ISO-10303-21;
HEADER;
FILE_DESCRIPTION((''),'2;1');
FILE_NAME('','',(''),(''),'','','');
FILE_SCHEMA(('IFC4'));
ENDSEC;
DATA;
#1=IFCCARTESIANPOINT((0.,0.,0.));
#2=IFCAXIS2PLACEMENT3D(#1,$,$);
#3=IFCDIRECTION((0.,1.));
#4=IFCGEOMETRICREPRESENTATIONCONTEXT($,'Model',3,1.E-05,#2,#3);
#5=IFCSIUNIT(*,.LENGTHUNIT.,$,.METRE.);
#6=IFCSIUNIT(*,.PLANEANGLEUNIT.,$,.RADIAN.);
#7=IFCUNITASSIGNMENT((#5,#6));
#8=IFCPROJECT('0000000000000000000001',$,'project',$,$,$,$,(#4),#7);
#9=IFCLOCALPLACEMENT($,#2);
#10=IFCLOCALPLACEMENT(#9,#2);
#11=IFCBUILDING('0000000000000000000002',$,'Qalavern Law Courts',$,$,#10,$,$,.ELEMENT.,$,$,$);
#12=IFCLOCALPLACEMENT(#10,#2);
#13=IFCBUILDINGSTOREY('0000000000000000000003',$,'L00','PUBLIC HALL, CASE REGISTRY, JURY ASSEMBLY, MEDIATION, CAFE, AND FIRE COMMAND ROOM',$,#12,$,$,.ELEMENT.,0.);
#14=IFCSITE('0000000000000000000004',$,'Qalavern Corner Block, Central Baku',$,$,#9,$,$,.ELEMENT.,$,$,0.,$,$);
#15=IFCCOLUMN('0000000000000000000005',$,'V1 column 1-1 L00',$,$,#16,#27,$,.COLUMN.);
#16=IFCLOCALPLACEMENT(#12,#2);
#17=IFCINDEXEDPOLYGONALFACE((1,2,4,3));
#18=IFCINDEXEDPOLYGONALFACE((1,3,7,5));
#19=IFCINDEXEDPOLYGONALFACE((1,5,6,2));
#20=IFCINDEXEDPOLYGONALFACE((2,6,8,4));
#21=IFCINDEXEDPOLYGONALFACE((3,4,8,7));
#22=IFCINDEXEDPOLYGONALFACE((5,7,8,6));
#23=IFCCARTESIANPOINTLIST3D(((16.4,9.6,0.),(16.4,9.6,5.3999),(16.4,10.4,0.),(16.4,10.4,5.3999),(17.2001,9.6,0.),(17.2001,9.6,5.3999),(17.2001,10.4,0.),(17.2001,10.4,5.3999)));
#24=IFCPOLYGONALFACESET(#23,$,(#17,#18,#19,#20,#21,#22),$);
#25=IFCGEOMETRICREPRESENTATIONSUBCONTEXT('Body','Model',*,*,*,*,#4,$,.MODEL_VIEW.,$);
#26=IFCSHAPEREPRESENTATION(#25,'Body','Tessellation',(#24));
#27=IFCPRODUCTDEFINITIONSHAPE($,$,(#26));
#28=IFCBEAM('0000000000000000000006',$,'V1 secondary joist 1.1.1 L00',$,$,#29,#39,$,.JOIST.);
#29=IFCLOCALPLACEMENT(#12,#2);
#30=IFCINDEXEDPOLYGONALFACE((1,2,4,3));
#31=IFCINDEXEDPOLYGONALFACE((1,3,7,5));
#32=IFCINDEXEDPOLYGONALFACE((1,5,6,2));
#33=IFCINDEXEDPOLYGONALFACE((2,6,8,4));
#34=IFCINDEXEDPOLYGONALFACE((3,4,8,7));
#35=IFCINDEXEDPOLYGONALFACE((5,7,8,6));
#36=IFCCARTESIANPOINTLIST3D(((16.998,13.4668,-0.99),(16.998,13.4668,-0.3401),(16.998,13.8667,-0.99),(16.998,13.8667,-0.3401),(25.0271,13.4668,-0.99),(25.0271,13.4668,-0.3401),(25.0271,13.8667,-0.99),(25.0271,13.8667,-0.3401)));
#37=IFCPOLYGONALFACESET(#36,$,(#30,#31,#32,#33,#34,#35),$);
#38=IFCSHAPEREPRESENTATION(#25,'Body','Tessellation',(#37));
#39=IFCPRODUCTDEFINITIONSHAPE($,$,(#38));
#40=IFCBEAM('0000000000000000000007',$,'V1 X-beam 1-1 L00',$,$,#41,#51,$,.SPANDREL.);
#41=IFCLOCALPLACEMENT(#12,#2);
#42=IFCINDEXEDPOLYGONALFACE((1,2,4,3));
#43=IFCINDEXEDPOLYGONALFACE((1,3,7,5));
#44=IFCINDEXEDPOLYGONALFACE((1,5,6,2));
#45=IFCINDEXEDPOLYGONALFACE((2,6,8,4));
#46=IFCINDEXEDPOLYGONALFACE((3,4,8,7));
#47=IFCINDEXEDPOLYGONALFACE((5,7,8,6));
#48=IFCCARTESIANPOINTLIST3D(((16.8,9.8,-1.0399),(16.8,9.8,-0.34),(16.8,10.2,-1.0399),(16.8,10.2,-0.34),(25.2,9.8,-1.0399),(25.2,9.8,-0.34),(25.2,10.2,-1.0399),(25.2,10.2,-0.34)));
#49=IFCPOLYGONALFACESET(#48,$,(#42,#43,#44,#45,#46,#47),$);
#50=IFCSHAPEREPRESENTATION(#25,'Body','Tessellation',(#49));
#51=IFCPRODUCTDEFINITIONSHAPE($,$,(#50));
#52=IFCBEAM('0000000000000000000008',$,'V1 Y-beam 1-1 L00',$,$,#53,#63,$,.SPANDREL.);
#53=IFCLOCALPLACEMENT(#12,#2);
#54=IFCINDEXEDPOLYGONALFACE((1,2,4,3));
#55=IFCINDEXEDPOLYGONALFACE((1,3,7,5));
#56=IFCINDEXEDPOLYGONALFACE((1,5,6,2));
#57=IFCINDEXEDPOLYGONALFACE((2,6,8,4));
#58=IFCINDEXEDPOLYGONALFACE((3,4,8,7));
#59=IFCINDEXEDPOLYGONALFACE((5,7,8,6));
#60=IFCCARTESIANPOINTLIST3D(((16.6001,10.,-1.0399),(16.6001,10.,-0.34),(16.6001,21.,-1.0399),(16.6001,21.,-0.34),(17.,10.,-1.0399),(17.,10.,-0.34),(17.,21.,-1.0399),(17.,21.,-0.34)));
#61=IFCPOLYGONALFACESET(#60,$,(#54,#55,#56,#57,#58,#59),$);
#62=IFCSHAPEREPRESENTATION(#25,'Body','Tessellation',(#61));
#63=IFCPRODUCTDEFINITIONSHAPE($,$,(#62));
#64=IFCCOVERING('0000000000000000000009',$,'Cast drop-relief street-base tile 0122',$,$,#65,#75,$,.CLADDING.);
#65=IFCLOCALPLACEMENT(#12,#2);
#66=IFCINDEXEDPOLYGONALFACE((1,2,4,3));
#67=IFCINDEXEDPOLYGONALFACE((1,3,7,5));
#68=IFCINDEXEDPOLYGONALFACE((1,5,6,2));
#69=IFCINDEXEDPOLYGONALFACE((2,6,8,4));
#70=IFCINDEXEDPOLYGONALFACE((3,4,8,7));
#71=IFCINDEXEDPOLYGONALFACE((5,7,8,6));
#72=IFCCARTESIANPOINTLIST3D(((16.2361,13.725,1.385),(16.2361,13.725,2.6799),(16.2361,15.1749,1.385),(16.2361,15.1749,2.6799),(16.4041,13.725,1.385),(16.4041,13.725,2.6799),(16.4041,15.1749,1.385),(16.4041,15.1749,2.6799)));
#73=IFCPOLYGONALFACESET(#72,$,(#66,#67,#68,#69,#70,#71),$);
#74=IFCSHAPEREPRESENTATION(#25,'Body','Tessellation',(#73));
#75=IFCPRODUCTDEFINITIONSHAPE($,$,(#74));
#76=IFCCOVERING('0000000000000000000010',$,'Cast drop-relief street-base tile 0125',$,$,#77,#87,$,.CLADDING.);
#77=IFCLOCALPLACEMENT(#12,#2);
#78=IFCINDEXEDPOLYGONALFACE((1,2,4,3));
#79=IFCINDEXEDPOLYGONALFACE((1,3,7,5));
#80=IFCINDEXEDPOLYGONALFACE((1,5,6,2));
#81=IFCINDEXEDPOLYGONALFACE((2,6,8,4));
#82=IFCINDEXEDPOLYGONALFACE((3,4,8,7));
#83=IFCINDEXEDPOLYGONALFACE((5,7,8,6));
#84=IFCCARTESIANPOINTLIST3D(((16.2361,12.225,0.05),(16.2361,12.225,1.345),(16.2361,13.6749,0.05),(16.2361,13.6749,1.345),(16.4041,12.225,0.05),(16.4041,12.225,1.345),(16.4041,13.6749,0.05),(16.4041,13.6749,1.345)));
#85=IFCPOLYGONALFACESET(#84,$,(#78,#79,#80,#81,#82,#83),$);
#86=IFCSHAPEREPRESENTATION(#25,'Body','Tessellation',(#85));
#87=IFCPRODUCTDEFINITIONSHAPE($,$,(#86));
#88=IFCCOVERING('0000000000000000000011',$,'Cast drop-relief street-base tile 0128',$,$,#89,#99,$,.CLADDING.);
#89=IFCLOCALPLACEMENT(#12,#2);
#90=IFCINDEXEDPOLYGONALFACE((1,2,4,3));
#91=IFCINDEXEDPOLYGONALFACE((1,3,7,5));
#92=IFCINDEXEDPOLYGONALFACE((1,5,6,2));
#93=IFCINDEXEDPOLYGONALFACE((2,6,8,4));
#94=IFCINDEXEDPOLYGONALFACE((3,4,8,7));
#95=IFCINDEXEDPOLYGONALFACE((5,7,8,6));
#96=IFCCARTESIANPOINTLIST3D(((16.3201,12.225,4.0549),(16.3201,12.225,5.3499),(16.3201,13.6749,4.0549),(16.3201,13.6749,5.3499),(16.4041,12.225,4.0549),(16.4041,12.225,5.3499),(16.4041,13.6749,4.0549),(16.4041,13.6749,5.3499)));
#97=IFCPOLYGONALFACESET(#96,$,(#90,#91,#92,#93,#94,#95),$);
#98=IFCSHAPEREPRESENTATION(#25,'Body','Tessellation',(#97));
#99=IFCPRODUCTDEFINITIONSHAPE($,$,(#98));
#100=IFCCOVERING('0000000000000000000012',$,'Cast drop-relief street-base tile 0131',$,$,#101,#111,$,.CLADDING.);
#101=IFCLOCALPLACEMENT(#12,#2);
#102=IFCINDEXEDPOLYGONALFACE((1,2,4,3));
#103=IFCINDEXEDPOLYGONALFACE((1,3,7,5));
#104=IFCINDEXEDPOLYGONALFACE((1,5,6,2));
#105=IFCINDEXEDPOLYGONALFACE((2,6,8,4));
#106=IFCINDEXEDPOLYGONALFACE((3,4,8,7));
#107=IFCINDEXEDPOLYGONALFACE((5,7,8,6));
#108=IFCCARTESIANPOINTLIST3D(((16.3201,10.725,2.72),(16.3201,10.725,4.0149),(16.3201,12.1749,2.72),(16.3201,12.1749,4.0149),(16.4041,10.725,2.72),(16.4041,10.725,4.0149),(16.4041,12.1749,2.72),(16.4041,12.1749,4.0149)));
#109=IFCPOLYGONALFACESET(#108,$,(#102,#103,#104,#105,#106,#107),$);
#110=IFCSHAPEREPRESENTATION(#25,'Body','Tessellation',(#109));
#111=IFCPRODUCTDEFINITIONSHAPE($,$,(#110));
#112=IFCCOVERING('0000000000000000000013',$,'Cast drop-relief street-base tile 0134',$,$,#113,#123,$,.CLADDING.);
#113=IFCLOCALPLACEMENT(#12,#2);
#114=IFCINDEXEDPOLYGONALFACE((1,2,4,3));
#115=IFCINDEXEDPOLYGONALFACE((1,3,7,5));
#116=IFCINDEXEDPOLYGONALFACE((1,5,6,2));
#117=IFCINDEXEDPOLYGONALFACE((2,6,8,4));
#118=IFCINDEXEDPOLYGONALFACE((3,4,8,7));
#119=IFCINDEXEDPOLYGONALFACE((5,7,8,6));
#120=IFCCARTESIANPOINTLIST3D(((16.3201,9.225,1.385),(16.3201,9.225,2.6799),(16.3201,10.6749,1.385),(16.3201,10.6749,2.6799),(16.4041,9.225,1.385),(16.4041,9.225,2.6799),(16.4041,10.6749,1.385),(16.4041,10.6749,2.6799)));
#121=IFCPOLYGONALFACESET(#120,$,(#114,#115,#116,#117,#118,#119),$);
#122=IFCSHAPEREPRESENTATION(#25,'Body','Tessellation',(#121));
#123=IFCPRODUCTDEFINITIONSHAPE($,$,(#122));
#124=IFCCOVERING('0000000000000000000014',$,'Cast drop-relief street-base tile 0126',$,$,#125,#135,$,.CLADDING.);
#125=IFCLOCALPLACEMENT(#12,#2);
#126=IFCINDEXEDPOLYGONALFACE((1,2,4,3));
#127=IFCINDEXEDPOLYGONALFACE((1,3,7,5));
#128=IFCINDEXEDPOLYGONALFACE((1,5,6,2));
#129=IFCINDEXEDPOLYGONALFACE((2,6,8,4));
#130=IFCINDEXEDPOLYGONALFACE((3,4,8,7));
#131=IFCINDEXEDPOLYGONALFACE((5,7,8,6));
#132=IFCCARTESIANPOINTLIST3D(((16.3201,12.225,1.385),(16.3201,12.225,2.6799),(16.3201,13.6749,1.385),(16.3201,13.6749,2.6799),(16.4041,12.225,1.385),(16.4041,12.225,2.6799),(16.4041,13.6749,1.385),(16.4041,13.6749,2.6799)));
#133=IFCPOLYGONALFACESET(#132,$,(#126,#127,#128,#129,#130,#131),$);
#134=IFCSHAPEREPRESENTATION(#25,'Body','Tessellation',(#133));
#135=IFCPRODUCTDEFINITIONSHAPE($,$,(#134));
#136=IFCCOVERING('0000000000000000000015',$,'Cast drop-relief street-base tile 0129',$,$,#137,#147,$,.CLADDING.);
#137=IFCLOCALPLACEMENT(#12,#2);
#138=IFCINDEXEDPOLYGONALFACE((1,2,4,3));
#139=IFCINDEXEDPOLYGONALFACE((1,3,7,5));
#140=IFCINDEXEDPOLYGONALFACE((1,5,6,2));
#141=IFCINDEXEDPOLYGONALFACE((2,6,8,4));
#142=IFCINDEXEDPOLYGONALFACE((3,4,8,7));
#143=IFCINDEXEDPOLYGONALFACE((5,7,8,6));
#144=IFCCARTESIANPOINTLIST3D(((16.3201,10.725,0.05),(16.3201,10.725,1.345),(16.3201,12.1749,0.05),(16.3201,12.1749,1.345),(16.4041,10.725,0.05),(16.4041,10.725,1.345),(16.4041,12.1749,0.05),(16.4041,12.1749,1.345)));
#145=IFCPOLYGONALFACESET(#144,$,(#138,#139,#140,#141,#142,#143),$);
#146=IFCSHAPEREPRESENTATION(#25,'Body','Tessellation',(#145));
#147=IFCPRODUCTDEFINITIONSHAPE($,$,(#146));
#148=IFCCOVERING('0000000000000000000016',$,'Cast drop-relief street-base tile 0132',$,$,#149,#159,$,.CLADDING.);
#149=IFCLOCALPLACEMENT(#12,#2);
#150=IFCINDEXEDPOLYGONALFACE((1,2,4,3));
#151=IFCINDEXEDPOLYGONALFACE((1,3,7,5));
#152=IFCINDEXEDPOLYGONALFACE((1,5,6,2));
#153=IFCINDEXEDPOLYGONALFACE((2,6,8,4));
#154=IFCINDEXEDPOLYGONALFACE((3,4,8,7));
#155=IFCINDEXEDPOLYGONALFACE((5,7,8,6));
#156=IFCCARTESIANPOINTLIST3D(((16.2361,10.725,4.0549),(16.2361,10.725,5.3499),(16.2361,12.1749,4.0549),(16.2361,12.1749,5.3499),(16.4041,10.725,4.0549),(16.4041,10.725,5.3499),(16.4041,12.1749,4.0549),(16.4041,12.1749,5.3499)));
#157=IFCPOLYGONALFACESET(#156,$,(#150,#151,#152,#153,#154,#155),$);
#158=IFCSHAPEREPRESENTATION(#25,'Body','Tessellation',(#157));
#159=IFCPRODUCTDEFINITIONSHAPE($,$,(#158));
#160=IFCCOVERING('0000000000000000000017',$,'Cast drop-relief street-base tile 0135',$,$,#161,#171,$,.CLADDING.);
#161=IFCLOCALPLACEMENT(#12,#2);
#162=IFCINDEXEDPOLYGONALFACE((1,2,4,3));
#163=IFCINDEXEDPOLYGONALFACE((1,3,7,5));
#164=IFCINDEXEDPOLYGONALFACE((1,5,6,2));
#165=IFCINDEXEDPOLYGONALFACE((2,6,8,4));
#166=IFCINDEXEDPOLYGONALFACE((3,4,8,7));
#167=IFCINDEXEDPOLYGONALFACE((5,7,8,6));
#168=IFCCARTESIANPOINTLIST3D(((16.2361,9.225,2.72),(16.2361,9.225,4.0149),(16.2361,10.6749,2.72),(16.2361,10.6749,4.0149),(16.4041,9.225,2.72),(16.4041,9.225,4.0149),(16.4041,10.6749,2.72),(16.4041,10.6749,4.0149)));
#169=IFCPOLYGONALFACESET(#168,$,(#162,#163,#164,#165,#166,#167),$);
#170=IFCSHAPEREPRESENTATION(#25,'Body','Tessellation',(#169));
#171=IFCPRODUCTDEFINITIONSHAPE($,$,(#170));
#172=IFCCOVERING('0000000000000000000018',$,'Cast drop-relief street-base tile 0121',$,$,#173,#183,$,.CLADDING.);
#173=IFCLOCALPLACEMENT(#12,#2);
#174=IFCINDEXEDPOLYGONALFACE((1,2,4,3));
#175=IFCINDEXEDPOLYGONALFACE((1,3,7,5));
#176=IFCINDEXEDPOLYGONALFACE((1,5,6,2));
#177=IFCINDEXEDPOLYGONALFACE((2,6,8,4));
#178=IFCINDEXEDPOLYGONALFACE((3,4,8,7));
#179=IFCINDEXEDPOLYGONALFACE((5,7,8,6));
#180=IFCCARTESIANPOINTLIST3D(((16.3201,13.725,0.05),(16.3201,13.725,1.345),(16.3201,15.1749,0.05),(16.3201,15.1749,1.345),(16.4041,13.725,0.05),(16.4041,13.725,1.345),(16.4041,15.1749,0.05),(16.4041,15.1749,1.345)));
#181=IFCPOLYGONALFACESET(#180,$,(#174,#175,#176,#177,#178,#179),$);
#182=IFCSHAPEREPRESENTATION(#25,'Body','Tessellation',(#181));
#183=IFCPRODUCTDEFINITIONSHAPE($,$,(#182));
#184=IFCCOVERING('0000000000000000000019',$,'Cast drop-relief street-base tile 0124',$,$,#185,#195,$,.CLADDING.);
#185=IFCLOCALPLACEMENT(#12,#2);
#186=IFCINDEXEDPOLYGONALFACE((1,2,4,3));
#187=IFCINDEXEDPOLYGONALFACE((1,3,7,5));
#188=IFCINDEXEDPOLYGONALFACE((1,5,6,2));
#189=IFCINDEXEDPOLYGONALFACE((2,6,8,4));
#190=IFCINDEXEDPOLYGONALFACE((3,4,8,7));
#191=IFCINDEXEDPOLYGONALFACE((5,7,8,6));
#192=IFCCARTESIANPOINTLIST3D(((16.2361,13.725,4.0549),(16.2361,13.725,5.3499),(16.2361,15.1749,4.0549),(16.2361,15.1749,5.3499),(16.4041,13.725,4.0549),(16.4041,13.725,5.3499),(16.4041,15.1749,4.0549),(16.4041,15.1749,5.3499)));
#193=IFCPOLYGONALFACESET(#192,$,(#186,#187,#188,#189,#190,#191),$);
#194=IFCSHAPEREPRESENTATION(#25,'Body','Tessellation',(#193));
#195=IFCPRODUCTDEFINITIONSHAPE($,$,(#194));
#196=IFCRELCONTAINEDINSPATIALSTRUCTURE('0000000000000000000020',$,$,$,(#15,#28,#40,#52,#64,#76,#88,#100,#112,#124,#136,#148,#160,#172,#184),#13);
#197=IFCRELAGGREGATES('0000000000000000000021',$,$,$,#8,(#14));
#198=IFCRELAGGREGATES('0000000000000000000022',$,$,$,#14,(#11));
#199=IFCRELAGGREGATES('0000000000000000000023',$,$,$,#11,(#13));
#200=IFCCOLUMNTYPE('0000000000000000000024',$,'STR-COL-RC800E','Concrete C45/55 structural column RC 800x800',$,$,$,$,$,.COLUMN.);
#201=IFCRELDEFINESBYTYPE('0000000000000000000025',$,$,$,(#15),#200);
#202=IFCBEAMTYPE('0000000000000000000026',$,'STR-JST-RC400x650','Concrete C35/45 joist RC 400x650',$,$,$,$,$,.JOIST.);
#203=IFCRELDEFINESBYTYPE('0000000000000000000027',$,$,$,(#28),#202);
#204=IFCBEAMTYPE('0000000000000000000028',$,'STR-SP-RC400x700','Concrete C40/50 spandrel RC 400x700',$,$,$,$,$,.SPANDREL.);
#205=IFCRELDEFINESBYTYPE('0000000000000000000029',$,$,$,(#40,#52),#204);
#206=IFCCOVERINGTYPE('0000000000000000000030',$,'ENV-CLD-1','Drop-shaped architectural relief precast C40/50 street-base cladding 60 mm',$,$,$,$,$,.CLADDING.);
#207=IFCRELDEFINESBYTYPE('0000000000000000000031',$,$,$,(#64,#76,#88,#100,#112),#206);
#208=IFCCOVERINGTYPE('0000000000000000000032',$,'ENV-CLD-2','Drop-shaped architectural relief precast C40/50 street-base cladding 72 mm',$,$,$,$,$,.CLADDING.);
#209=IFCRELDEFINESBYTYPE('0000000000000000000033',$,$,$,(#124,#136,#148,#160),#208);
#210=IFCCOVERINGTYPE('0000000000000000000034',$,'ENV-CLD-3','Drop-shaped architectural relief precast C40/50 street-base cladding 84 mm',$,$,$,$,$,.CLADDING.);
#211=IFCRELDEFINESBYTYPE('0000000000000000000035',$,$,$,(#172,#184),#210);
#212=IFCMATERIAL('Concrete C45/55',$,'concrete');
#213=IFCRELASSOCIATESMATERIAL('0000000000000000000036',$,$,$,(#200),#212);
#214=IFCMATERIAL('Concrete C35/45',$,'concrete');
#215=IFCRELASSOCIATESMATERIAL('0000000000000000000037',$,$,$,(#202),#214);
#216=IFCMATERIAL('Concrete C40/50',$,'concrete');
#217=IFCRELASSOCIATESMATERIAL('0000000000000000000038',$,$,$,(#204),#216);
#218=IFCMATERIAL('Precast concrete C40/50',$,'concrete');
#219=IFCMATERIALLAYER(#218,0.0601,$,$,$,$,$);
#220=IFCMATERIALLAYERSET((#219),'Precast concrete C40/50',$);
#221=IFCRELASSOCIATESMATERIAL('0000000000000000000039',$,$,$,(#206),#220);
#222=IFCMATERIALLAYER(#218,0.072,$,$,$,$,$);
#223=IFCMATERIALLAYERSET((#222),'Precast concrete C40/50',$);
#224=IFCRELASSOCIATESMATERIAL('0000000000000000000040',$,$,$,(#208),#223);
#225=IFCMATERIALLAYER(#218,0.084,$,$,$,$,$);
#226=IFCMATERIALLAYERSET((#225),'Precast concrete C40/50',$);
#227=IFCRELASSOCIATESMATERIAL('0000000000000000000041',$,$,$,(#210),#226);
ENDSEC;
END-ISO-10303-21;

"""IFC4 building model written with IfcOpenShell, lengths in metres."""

from ifc_helpers import new_model, si_unit, direction, frame, origin, origin_2d, place, context, subcontext, project, spatial, rectangle, extrude, material, layer, layer_set, material_profile, profile_set, type_object, element, save


model = new_model("IFC4")

# Units and contexts
model_context = context("Model", 3, precision=1e-05, world=origin(), true_north=direction((0.0, 1.0)))
body_context = subcontext(model_context, "Body", "Model", "MODEL_VIEW")
ifc_project = project(units=[si_unit("LENGTHUNIT", "METRE"), si_unit("PLANEANGLEUNIT", "RADIAN")], contexts=[model_context])

# Site, building, storey
site_placement = place(None, origin())
site = spatial("IfcSite", under=ifc_project, at=site_placement, Name="Qalavern Corner Block, Central Baku", CompositionType="ELEMENT", RefElevation=0.0)
building_placement = place(site_placement, origin())
building = spatial("IfcBuilding", under=site, at=building_placement, Name="Qalavern Law Courts", CompositionType="ELEMENT")
storey_placement = place(building_placement, origin())
storey = spatial("IfcBuildingStorey", under=building, at=storey_placement, Name="L00", Description="PUBLIC HALL, CASE REGISTRY, JURY ASSEMBLY, MEDIATION, CAFE, AND FIRE COMMAND ROOM", CompositionType="ELEMENT", Elevation=0.0)

# Column
ifc_material_1 = material(Name="Concrete C45/55", Category="concrete")
ifc_material_profile_1 = material_profile(ifc_material_1, rectangle(XDim=0.8, YDim=0.8, at=origin_2d()), Name="RC 800x800")
ifc_profile_set_1 = profile_set([ifc_material_profile_1], Name="Concrete C45/55")
column_type = type_object("IfcColumnType", Name="STR-COL-RC800E", Description="Concrete C45/55 structural column RC 800x800", PredefinedType="COLUMN", material=ifc_profile_set_1)
column_placement = place(storey_placement, frame((16.8, 10.0, 0.0), z_axis=(0.0, 0.0, 1.0), x_axis=(1.0, 0.0, 0.0)))
element("IfcColumn", 1, at=column_placement, inside=storey, type_object=column_type, Name="V1 column 1-1 L00", PredefinedType="COLUMN", context=body_context, shape_type="SweptSolid", body=[
    extrude(rectangle(XDim=0.8, YDim=0.8, at=origin_2d()), origin(), (0.0, 0.0, 1.0), 5.3999),
])

# Beams
ifc_material_2 = material(Name="Concrete C35/45", Category="concrete")
ifc_material_profile_2 = material_profile(ifc_material_2, rectangle(XDim=0.3999, YDim=0.6499, at=origin_2d()), Name="RC 400x650")
ifc_profile_set_2 = profile_set([ifc_material_profile_2], Name="Concrete C35/45")
beam_type_1 = type_object("IfcBeamType", Name="STR-JST-RC400x650", Description="Concrete C35/45 joist RC 400x650", PredefinedType="JOIST", material=ifc_profile_set_2)
beam_1_placement = place(storey_placement, frame((16.998, 13.6667, -0.665), z_axis=(1.0, 0.0, 0.0), x_axis=(0.0, 1.0, 0.0)))
element("IfcBeam", 2, at=beam_1_placement, inside=storey, type_object=beam_type_1, Name="V1 secondary joist 1.1.1 L00", PredefinedType="JOIST", context=body_context, shape_type="SweptSolid", body=[
    extrude(rectangle(XDim=0.3999, YDim=0.6499, at=origin_2d()), origin(), (0.0, 0.0, 1.0), 8.0291),
])
ifc_material_3 = material(Name="Concrete C40/50", Category="concrete")
ifc_material_profile_3 = material_profile(ifc_material_3, rectangle(XDim=0.3999, YDim=0.7, at=origin_2d()), Name="RC 400x700")
ifc_profile_set_3 = profile_set([ifc_material_profile_3], Name="Concrete C40/50")
beam_type_2 = type_object("IfcBeamType", Name="STR-SP-RC400x700", Description="Concrete C40/50 spandrel RC 400x700", PredefinedType="SPANDREL", material=ifc_profile_set_3)
beam_2_placement = place(storey_placement, frame((16.8, 10.0, -0.6899), z_axis=(1.0, 0.0, 0.0), x_axis=(0.0, 1.0, 0.0)))
element("IfcBeam", 3, at=beam_2_placement, inside=storey, type_object=beam_type_2, Name="V1 X-beam 1-1 L00", PredefinedType="SPANDREL", context=body_context, shape_type="SweptSolid", body=[
    extrude(rectangle(XDim=0.3999, YDim=0.7, at=origin_2d()), origin(), (0.0, 0.0, 1.0), 8.3999),
])
beam_3_placement = place(storey_placement, frame((16.8, 10.0, -0.6899), z_axis=(0.0, 1.0, 0.0), x_axis=(-1.0, 0.0, 0.0)))
element("IfcBeam", 4, at=beam_3_placement, inside=storey, type_object=beam_type_2, Name="V1 Y-beam 1-1 L00", PredefinedType="SPANDREL", context=body_context, shape_type="SweptSolid", body=[
    extrude(rectangle(XDim=0.3999, YDim=0.7, at=origin_2d()), origin(), (0.0, 0.0, 1.0), 11.0),
])

# Coverings
ifc_material_4 = material(Name="Precast concrete C40/50", Category="concrete")
ifc_layer_1 = layer(ifc_material_4, 0.0601)
ifc_layer_set_1 = layer_set([ifc_layer_1], Name="Precast concrete C40/50")
covering_type_1 = type_object("IfcCoveringType", Name="ENV-CLD-1", Description="Drop-shaped architectural relief precast C40/50 street-base cladding 60 mm", PredefinedType="CLADDING", material=ifc_layer_set_1)
for number, where, z_axis, x_axis, name in (
    (5, (16.3201, 14.45, 1.385), (0.0, 0.0, 1.0), (0.0, -1.0, 0.0), "Cast drop-relief street-base tile 0122"),
    (6, (16.3201, 12.95, 0.05), (0.0, 0.0, 1.0), (0.0, -1.0, 0.0), "Cast drop-relief street-base tile 0125"),
):
    element("IfcCovering", number, at=place(storey_placement, frame(where, z_axis=z_axis, x_axis=x_axis)), inside=storey, type_object=covering_type_1, Name=name, PredefinedType="CLADDING", context=body_context, shape_type="SweptSolid", body=[
        extrude(rectangle(XDim=1.45, YDim=0.168, at=origin_2d()), origin(), (0.0, 0.0, 1.0), 1.2949),
    ])
for number, where, z_axis, x_axis, name in (
    (7, (16.3621, 12.95, 4.0549), (0.0, 0.0, 1.0), (0.0, -1.0, 0.0), "Cast drop-relief street-base tile 0128"),
    (8, (16.3621, 11.45, 2.72), (0.0, 0.0, 1.0), (0.0, -1.0, 0.0), "Cast drop-relief street-base tile 0131"),
    (9, (16.3621, 9.95, 1.385), (0.0, 0.0, 1.0), (0.0, -1.0, 0.0), "Cast drop-relief street-base tile 0134"),
):
    element("IfcCovering", number, at=place(storey_placement, frame(where, z_axis=z_axis, x_axis=x_axis)), inside=storey, type_object=covering_type_1, Name=name, PredefinedType="CLADDING", context=body_context, shape_type="SweptSolid", body=[
        extrude(rectangle(XDim=1.45, YDim=0.084, at=origin_2d()), origin(), (0.0, 0.0, 1.0), 1.2949),
    ])
ifc_layer_2 = layer(ifc_material_4, 0.072)
ifc_layer_set_2 = layer_set([ifc_layer_2], Name="Precast concrete C40/50")
covering_type_2 = type_object("IfcCoveringType", Name="ENV-CLD-2", Description="Drop-shaped architectural relief precast C40/50 street-base cladding 72 mm", PredefinedType="CLADDING", material=ifc_layer_set_2)
for number, where, z_axis, x_axis, name in (
    (10, (16.3621, 12.95, 1.385), (0.0, 0.0, 1.0), (0.0, -1.0, 0.0), "Cast drop-relief street-base tile 0126"),
    (11, (16.3621, 11.45, 0.05), (0.0, 0.0, 1.0), (0.0, -1.0, 0.0), "Cast drop-relief street-base tile 0129"),
):
    element("IfcCovering", number, at=place(storey_placement, frame(where, z_axis=z_axis, x_axis=x_axis)), inside=storey, type_object=covering_type_2, Name=name, PredefinedType="CLADDING", context=body_context, shape_type="SweptSolid", body=[
        extrude(rectangle(XDim=1.45, YDim=0.084, at=origin_2d()), origin(), (0.0, 0.0, 1.0), 1.2949),
    ])
for number, where, z_axis, x_axis, name in (
    (12, (16.3201, 11.45, 4.0549), (0.0, 0.0, 1.0), (0.0, -1.0, 0.0), "Cast drop-relief street-base tile 0132"),
    (13, (16.3201, 9.95, 2.72), (0.0, 0.0, 1.0), (0.0, -1.0, 0.0), "Cast drop-relief street-base tile 0135"),
):
    element("IfcCovering", number, at=place(storey_placement, frame(where, z_axis=z_axis, x_axis=x_axis)), inside=storey, type_object=covering_type_2, Name=name, PredefinedType="CLADDING", context=body_context, shape_type="SweptSolid", body=[
        extrude(rectangle(XDim=1.45, YDim=0.168, at=origin_2d()), origin(), (0.0, 0.0, 1.0), 1.2949),
    ])
ifc_layer_3 = layer(ifc_material_4, 0.084)
ifc_layer_set_3 = layer_set([ifc_layer_3], Name="Precast concrete C40/50")
covering_type_3 = type_object("IfcCoveringType", Name="ENV-CLD-3", Description="Drop-shaped architectural relief precast C40/50 street-base cladding 84 mm", PredefinedType="CLADDING", material=ifc_layer_set_3)
covering_1_placement = place(storey_placement, frame((16.3621, 14.45, 0.05), z_axis=(0.0, 0.0, 1.0), x_axis=(0.0, -1.0, 0.0)))
element("IfcCovering", 14, at=covering_1_placement, inside=storey, type_object=covering_type_3, Name="Cast drop-relief street-base tile 0121", PredefinedType="CLADDING", context=body_context, shape_type="SweptSolid", body=[
    extrude(rectangle(XDim=1.45, YDim=0.084, at=origin_2d()), origin(), (0.0, 0.0, 1.0), 1.2949),
])
for number, where, z_axis, x_axis, name in (
    (15, (16.3201, 14.45, 4.0549), (0.0, 0.0, 1.0), (0.0, -1.0, 0.0), "Cast drop-relief street-base tile 0124"),
):
    element("IfcCovering", number, at=place(storey_placement, frame(where, z_axis=z_axis, x_axis=x_axis)), inside=storey, type_object=covering_type_3, Name=name, PredefinedType="CLADDING", context=body_context, shape_type="SweptSolid", body=[
        extrude(rectangle(XDim=1.45, YDim=0.168, at=origin_2d()), origin(), (0.0, 0.0, 1.0), 1.2949),
    ])

save(model, "model.ifc")
